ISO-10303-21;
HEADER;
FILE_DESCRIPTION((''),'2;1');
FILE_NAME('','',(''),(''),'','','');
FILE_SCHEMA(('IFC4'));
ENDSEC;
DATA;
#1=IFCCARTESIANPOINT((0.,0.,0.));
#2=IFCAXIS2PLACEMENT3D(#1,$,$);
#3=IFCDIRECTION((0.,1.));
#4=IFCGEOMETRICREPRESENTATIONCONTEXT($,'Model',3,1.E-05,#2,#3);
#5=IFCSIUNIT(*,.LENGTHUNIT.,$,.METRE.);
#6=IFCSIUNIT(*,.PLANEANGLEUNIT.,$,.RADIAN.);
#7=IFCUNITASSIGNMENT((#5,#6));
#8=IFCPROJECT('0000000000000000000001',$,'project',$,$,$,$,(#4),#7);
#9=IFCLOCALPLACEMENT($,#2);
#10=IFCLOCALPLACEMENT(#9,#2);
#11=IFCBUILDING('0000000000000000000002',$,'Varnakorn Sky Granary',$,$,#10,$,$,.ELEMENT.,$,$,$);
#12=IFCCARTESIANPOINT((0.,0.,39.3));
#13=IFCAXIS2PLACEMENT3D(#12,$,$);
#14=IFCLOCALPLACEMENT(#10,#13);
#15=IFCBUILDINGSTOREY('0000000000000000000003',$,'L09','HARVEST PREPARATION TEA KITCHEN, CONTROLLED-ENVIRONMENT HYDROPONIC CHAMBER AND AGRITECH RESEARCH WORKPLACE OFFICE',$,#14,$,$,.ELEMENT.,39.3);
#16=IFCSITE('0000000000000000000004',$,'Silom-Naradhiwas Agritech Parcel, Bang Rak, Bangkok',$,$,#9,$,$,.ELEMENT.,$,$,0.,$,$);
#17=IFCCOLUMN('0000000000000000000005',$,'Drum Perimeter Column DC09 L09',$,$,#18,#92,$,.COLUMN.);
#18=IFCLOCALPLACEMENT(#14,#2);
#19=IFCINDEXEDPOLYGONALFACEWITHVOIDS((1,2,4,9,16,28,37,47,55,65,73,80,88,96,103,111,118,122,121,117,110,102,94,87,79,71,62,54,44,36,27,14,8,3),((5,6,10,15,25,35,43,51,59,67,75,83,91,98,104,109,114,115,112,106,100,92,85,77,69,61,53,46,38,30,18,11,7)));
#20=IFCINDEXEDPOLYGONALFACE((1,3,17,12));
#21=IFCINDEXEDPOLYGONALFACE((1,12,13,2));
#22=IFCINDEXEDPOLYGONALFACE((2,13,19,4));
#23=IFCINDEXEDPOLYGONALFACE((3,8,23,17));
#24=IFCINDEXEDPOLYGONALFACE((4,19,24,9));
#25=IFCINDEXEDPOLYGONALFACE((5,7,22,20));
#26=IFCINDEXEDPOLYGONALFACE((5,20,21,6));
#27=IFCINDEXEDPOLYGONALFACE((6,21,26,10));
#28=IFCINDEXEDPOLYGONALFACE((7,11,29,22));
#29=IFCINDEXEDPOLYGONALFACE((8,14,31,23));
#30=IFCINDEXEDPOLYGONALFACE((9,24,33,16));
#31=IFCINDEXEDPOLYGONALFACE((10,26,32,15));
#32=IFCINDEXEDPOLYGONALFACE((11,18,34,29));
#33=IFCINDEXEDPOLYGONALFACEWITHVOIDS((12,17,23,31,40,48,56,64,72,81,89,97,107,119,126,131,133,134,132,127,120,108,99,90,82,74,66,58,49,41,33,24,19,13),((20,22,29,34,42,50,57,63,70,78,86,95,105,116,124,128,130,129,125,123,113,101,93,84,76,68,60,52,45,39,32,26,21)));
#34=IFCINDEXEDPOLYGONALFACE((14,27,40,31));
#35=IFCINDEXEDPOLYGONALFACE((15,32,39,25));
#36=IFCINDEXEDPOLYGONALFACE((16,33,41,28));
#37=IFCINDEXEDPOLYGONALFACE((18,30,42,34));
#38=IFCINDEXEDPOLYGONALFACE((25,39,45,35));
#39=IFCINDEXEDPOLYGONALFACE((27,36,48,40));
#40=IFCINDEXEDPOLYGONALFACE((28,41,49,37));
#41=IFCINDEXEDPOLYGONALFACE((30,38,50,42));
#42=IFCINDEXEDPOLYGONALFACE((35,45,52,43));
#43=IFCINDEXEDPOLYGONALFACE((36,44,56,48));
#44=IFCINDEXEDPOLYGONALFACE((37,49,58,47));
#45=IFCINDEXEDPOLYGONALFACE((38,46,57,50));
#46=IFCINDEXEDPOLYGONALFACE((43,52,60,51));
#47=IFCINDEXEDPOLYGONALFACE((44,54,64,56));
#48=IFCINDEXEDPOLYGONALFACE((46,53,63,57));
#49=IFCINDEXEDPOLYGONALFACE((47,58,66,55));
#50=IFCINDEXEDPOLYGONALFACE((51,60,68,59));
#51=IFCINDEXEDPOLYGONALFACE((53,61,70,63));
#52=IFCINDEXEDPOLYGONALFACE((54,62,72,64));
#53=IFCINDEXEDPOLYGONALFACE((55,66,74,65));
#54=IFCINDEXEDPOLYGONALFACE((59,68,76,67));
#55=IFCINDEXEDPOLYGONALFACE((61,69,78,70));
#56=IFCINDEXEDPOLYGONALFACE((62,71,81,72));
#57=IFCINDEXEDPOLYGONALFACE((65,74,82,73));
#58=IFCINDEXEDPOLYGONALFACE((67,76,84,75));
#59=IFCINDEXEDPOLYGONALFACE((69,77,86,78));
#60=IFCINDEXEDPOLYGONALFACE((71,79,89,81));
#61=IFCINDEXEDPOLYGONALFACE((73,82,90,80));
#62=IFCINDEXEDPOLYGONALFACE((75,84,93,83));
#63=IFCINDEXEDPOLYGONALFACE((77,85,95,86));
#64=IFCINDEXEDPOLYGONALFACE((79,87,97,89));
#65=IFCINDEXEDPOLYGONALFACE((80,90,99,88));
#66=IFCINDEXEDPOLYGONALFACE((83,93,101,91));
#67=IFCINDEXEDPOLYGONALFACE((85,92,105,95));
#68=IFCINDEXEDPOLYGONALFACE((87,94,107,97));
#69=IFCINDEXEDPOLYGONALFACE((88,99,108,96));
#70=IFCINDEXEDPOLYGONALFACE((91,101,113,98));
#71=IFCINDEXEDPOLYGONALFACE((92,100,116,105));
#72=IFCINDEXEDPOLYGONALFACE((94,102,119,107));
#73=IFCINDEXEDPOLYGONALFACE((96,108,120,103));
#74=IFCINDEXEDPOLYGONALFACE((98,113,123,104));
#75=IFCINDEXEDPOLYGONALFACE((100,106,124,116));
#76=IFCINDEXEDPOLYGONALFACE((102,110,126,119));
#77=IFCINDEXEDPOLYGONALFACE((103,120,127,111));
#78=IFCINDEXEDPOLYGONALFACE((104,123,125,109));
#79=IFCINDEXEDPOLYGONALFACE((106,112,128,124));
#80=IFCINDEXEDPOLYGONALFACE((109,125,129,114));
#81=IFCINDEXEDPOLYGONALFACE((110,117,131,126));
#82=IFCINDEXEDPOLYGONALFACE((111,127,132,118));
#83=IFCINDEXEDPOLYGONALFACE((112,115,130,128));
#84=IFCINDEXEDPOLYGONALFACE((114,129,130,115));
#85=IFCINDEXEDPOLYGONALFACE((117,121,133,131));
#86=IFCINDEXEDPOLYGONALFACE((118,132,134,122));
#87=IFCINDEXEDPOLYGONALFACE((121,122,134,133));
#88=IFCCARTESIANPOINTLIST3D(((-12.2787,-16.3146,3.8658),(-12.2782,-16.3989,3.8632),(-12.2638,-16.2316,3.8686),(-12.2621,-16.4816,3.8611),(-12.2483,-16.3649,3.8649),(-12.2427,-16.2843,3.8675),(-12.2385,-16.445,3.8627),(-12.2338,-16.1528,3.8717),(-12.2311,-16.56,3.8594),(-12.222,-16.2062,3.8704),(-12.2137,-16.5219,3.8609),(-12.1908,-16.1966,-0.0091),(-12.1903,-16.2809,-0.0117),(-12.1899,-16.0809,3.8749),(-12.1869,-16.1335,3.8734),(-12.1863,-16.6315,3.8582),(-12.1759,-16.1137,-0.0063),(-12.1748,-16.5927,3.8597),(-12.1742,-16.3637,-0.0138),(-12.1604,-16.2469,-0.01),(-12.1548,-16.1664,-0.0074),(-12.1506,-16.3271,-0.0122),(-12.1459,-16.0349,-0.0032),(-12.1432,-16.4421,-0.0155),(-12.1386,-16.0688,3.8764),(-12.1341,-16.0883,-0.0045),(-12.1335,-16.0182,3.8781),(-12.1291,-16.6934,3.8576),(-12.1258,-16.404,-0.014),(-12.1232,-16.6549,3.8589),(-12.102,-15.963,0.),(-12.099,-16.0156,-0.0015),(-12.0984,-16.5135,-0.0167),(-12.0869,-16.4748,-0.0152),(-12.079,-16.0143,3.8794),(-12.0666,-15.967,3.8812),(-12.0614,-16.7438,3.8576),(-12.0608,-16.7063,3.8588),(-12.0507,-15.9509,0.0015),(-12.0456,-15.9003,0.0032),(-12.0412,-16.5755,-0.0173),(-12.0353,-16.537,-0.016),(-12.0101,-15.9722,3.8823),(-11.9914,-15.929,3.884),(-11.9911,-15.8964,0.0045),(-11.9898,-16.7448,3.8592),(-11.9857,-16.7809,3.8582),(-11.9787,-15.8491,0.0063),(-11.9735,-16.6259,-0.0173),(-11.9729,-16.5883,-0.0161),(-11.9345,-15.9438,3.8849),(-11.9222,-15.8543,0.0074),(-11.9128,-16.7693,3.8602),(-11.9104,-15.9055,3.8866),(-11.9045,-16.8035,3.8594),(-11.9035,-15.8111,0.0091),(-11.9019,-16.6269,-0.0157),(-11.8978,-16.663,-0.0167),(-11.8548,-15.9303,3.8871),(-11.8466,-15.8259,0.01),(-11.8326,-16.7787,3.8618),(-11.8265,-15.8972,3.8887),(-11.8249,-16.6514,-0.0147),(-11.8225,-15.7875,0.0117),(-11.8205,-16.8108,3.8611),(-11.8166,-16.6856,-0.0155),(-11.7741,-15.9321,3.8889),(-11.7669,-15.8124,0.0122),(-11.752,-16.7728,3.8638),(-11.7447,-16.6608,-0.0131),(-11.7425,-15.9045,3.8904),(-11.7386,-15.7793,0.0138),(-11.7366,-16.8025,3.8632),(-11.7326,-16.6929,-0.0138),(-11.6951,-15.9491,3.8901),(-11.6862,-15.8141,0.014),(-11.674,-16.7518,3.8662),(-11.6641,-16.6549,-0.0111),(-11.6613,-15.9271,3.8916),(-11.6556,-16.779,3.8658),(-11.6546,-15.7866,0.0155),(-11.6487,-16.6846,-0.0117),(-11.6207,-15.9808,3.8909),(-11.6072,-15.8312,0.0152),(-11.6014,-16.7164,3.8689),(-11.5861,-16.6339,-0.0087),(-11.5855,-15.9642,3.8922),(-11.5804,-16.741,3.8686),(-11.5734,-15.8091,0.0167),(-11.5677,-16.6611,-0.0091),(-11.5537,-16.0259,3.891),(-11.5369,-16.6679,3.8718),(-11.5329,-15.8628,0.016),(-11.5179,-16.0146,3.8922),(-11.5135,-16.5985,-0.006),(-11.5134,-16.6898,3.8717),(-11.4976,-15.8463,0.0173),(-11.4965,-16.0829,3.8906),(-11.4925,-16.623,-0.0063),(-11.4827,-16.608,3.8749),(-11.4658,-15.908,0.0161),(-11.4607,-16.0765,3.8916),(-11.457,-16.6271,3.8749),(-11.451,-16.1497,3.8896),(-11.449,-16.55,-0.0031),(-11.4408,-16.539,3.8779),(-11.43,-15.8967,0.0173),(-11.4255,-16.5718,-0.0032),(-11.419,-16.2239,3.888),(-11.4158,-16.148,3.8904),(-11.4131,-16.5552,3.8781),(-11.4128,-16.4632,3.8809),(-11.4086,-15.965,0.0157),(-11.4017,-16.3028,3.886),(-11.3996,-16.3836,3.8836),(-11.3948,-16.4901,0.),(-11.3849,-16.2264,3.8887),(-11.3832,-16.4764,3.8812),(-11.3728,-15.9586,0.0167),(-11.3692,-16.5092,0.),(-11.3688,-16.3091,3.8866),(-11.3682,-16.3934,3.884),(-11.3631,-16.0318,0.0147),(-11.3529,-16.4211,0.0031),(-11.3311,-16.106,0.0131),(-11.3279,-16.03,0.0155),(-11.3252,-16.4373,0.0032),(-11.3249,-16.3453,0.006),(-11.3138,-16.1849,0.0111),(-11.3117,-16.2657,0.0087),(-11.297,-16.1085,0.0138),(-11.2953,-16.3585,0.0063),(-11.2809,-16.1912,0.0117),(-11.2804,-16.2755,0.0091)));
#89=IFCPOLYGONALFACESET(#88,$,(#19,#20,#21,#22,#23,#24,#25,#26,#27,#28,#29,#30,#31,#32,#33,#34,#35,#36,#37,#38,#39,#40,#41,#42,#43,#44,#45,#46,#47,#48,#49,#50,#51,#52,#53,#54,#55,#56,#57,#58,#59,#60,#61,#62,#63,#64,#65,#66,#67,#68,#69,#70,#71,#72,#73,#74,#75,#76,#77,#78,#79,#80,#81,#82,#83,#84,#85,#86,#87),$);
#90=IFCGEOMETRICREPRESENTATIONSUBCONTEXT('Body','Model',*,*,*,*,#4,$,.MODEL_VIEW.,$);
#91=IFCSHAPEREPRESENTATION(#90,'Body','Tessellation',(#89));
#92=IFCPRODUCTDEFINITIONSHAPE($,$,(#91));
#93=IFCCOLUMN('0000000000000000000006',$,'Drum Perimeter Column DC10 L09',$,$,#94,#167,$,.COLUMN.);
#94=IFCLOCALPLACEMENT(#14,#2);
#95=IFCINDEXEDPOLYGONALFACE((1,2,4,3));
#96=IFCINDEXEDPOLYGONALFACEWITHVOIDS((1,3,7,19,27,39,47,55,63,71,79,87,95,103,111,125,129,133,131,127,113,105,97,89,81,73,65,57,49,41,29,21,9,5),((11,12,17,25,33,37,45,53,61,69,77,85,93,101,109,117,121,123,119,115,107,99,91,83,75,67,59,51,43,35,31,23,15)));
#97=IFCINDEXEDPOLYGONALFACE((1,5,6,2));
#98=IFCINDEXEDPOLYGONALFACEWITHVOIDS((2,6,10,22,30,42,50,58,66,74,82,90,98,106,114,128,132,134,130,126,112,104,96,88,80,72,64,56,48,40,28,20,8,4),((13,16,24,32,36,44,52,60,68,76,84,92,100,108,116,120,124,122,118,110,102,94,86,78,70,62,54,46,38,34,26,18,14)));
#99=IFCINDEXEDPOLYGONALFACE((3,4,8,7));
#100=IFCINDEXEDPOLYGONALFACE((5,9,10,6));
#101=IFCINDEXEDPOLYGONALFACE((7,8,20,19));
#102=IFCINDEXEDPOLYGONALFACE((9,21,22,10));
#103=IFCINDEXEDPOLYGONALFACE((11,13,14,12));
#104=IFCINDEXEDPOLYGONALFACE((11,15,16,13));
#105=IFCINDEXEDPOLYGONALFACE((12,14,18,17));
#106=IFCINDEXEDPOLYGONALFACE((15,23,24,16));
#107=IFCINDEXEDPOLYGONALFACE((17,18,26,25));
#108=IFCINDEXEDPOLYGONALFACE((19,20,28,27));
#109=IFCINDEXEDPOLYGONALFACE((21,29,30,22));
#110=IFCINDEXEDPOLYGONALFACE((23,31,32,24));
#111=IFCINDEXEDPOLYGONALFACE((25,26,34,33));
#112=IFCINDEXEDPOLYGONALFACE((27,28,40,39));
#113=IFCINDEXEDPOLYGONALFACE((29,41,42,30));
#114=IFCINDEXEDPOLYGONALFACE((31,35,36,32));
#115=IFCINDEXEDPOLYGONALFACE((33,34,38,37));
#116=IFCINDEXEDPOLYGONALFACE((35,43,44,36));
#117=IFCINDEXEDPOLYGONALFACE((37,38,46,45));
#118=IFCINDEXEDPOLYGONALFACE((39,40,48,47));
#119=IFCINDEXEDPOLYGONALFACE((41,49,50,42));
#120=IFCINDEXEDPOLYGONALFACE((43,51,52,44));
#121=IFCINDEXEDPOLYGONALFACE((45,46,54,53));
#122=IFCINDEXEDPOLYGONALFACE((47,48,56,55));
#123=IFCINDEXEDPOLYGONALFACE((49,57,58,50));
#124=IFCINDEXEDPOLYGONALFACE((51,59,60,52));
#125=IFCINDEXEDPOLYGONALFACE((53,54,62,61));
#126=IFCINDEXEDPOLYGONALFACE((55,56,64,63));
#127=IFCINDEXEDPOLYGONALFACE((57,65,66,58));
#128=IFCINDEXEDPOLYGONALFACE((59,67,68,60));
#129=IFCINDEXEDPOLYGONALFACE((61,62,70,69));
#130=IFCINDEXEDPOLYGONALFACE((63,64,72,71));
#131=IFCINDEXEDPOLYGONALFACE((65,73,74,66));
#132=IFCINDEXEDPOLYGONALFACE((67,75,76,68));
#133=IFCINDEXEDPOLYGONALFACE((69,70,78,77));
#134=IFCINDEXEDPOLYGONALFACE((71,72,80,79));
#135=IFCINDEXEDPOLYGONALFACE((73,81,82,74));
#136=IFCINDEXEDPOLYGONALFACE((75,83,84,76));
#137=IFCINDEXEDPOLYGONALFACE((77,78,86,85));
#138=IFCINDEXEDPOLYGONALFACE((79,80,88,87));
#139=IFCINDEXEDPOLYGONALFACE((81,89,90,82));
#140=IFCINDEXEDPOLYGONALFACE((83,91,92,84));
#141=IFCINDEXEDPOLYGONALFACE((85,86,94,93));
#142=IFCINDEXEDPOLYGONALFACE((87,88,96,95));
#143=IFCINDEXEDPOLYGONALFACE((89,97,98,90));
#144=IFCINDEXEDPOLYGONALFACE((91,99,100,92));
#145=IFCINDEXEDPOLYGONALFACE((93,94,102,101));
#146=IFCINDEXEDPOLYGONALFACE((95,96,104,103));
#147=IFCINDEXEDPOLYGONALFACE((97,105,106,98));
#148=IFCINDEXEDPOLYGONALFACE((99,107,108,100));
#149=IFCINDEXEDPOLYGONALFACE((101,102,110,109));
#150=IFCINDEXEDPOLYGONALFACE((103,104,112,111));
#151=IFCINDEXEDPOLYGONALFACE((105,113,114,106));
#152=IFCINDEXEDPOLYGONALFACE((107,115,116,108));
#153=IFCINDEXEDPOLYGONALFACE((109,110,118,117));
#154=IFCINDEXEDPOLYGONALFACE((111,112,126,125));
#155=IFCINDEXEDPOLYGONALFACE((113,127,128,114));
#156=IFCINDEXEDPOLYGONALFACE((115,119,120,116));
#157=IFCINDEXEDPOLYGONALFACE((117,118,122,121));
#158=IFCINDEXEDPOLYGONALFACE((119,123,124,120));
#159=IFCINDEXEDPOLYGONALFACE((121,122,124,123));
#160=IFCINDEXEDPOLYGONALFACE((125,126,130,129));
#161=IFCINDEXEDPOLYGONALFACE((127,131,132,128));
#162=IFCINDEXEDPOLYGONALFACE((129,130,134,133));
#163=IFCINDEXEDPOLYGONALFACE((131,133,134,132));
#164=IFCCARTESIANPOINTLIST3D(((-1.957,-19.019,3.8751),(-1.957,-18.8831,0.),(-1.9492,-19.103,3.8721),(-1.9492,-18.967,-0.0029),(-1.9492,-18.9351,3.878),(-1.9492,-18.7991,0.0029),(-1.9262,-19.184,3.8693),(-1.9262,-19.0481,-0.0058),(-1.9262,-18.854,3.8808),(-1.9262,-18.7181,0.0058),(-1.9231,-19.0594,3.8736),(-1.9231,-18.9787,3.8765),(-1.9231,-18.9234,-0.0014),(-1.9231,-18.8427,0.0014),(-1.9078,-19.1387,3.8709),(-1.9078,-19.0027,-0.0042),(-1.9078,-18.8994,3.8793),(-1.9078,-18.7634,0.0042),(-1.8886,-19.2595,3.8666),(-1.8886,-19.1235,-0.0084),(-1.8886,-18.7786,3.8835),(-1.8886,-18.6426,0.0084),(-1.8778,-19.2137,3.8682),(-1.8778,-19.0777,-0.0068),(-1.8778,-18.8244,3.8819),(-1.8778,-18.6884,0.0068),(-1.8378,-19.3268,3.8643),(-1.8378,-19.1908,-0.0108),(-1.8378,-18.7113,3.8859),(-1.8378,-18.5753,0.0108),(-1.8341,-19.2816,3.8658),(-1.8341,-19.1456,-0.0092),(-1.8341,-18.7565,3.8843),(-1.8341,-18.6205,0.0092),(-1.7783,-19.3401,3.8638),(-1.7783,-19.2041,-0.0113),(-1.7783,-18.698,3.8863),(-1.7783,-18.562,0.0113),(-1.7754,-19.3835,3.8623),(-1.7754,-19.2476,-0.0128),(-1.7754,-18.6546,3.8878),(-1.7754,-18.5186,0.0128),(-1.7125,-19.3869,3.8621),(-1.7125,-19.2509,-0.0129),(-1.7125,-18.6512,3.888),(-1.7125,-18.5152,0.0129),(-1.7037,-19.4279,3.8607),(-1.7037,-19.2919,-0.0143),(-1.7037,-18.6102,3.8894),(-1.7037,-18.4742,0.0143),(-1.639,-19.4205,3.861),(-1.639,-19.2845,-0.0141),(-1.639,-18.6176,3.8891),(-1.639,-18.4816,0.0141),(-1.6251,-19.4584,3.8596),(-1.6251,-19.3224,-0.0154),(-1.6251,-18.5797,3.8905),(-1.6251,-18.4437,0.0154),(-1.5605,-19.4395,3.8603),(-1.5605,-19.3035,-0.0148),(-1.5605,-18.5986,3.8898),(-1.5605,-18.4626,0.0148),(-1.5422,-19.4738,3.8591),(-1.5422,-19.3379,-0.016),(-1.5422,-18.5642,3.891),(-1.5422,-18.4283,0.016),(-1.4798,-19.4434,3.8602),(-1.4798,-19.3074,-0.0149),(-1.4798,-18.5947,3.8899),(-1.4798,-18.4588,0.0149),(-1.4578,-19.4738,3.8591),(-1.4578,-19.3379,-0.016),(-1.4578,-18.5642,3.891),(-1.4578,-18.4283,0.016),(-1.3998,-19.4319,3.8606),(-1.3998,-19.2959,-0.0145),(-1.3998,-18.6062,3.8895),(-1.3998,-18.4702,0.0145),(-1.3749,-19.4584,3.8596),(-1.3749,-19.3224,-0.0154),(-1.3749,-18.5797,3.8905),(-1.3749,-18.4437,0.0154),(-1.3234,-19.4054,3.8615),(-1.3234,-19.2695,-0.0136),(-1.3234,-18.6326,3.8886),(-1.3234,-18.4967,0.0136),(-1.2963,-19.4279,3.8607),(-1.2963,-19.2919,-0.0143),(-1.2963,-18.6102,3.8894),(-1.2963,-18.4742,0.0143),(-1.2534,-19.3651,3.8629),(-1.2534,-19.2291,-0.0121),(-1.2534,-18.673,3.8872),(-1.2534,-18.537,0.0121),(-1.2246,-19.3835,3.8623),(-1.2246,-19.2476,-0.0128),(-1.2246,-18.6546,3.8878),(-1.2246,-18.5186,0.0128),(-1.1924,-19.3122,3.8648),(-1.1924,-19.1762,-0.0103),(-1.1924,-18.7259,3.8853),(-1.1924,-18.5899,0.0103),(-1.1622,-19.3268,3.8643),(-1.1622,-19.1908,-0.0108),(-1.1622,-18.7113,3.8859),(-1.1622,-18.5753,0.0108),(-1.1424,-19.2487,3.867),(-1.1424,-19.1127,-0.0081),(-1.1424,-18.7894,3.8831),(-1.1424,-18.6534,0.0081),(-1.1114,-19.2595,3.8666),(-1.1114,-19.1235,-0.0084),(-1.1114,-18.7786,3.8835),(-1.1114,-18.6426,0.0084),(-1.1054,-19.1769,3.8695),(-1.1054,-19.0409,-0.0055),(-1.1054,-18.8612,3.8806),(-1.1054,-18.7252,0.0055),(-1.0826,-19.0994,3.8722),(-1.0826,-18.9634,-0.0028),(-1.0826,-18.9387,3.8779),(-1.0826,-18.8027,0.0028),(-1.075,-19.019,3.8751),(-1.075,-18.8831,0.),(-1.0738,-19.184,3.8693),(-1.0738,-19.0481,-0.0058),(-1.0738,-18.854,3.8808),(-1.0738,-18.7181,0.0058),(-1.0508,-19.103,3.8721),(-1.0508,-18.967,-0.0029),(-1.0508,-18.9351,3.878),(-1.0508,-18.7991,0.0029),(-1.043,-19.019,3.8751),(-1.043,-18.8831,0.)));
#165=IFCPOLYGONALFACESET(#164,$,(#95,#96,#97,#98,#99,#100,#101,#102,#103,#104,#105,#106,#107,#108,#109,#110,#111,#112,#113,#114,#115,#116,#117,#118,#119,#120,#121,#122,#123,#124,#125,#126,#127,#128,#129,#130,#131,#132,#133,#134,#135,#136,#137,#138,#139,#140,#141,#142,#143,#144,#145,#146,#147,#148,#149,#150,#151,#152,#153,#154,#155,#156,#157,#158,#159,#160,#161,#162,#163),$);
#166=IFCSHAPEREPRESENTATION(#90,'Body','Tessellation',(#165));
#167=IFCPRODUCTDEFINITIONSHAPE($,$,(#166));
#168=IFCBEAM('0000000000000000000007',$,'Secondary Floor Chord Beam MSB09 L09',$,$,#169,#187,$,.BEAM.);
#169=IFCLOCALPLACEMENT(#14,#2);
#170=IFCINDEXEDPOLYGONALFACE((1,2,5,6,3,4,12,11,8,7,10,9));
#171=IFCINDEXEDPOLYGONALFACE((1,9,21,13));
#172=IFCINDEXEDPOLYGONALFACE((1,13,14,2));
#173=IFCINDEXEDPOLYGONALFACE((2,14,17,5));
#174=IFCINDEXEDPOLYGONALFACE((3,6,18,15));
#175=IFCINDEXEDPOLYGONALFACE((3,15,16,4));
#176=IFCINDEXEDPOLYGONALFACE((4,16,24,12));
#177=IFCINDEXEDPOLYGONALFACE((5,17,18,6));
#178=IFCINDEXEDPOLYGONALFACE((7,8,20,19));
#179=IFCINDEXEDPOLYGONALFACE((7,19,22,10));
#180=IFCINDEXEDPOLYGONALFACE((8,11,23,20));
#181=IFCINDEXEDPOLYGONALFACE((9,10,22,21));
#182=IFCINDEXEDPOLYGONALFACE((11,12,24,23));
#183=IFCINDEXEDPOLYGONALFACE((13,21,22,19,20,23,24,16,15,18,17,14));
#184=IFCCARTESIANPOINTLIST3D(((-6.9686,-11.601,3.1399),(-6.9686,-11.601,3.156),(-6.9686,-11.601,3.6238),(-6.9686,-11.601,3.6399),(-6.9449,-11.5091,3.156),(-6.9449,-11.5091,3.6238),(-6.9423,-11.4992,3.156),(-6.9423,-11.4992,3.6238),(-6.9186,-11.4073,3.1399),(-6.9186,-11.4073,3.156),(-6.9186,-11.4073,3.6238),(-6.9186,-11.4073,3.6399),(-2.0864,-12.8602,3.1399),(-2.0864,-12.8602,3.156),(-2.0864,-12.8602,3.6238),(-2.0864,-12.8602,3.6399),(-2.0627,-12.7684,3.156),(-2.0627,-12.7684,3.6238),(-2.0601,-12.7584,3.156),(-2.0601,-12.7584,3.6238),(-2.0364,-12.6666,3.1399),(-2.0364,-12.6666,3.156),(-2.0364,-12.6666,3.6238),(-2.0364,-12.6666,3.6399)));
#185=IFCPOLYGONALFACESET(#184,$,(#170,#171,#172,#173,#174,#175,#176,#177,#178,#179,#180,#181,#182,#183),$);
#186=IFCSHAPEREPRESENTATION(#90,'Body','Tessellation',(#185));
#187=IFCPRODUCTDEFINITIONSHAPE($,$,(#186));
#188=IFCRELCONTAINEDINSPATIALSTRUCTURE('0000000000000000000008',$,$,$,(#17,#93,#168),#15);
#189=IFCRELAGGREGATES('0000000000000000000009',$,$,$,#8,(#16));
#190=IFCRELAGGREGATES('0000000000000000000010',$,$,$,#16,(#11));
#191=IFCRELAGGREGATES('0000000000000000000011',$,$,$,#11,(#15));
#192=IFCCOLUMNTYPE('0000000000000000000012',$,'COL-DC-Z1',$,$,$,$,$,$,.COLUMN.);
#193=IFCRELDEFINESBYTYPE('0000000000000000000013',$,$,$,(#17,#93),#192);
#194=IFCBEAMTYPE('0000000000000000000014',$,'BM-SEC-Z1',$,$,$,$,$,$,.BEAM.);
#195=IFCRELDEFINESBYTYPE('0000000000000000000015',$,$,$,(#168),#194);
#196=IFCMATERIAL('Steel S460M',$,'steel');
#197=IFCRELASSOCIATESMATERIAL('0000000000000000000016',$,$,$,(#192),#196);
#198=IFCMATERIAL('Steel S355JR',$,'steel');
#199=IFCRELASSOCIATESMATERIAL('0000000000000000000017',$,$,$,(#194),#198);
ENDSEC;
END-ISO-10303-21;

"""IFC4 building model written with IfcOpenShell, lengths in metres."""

from ifc_helpers import new_model, si_unit, direction, frame, origin, origin_2d, place, context, subcontext, project, spatial, hollow_circle, i_section, extrude, material, material_profile, profile_set, type_object, element, save


model = new_model("IFC4")

# Units and contexts
model_context = context("Model", 3, precision=1e-05, world=origin(), true_north=direction((0.0, 1.0)))
body_context = subcontext(model_context, "Body", "Model", "MODEL_VIEW")
ifc_project = project(units=[si_unit("LENGTHUNIT", "METRE"), si_unit("PLANEANGLEUNIT", "RADIAN")], contexts=[model_context])

# Site, building, storey
site_placement = place(None, origin())
site = spatial("IfcSite", under=ifc_project, at=site_placement, Name="Silom-Naradhiwas Agritech Parcel, Bang Rak, Bangkok", CompositionType="ELEMENT", RefElevation=0.0)
building_placement = place(site_placement, origin())
building = spatial("IfcBuilding", under=site, at=building_placement, Name="Varnakorn Sky Granary", CompositionType="ELEMENT")
storey_placement = place(building_placement, frame((0.0, 0.0, 39.3)))
storey = spatial("IfcBuildingStorey", under=building, at=storey_placement, Name="L09", Description="HARVEST PREPARATION TEA KITCHEN, CONTROLLED-ENVIRONMENT HYDROPONIC CHAMBER AND AGRITECH RESEARCH WORKPLACE OFFICE", CompositionType="ELEMENT", Elevation=39.3)

# Columns
ifc_material_1 = material(Name="Steel S460M", Category="steel")
ifc_material_profile_1 = material_profile(ifc_material_1, hollow_circle(Radius=0.457, WallThickness=0.032, at=origin_2d()), Name="CHS 914x32")
ifc_profile_set_1 = profile_set([ifc_material_profile_1], Name="Steel S460M")
column_type = type_object("IfcColumnType", Name="COL-DC-Z1", PredefinedType="COLUMN", material=ifc_profile_set_1)
column_1_placement = place(storey_placement, frame((-11.7356, -16.2361, 0.0), z_axis=(-0.022665, -0.030409, 0.999281), x_axis=(0.801789, -0.597607, 0.0)))
element("IfcColumn", 1, at=column_1_placement, inside=storey, type_object=column_type, Name="Drum Perimeter Column DC09 L09", PredefinedType="COLUMN", context=body_context, shape_type="SweptSolid", body=[
    extrude(hollow_circle(Radius=0.457, WallThickness=0.032, at=origin_2d()), origin(), (0.0, 0.0, 1.0), 3.8777),
])
column_2_placement = place(storey_placement, frame((-1.5, -18.8831, 0.0), z_axis=(0.0, -0.035072, 0.999385), x_axis=(1.0, 0.0, 0.0)))
element("IfcColumn", 2, at=column_2_placement, inside=storey, type_object=column_type, Name="Drum Perimeter Column DC10 L09", PredefinedType="COLUMN", context=body_context, shape_type="SweptSolid", body=[
    extrude(hollow_circle(Radius=0.457, WallThickness=0.032, at=origin_2d()), origin(), (0.0, 0.0, 1.0), 3.8774),
])

# Beam
ifc_material_2 = material(Name="Steel S355JR", Category="steel")
ifc_material_profile_2 = material_profile(ifc_material_2, i_section(OverallWidth=0.2, OverallDepth=0.5, WebThickness=0.0103, FlangeThickness=0.0161, at=origin_2d()), Name="IPE 500")
ifc_profile_set_2 = profile_set([ifc_material_profile_2], Name="Steel S355JR")
beam_type_1 = type_object("IfcBeamType", Name="BM-SEC-Z1", PredefinedType="BEAM", material=ifc_profile_set_2)
beam_1_placement = place(storey_placement, frame((-6.9436, -11.5042, 3.3899), z_axis=(0.96831, -0.249752, 0.0), x_axis=(0.249752, 0.96831, 0.0)))
element("IfcBeam", 3, at=beam_1_placement, inside=storey, type_object=beam_type_1, Name="Secondary Floor Chord Beam MSB09 L09", PredefinedType="BEAM", context=body_context, shape_type="SweptSolid", body=[
    extrude(i_section(OverallWidth=0.2, OverallDepth=0.5, WebThickness=0.0103, FlangeThickness=0.0161, at=origin_2d()), origin(), (0.0, 0.0, 1.0), 5.042),
])

save(model, "model.ifc")
